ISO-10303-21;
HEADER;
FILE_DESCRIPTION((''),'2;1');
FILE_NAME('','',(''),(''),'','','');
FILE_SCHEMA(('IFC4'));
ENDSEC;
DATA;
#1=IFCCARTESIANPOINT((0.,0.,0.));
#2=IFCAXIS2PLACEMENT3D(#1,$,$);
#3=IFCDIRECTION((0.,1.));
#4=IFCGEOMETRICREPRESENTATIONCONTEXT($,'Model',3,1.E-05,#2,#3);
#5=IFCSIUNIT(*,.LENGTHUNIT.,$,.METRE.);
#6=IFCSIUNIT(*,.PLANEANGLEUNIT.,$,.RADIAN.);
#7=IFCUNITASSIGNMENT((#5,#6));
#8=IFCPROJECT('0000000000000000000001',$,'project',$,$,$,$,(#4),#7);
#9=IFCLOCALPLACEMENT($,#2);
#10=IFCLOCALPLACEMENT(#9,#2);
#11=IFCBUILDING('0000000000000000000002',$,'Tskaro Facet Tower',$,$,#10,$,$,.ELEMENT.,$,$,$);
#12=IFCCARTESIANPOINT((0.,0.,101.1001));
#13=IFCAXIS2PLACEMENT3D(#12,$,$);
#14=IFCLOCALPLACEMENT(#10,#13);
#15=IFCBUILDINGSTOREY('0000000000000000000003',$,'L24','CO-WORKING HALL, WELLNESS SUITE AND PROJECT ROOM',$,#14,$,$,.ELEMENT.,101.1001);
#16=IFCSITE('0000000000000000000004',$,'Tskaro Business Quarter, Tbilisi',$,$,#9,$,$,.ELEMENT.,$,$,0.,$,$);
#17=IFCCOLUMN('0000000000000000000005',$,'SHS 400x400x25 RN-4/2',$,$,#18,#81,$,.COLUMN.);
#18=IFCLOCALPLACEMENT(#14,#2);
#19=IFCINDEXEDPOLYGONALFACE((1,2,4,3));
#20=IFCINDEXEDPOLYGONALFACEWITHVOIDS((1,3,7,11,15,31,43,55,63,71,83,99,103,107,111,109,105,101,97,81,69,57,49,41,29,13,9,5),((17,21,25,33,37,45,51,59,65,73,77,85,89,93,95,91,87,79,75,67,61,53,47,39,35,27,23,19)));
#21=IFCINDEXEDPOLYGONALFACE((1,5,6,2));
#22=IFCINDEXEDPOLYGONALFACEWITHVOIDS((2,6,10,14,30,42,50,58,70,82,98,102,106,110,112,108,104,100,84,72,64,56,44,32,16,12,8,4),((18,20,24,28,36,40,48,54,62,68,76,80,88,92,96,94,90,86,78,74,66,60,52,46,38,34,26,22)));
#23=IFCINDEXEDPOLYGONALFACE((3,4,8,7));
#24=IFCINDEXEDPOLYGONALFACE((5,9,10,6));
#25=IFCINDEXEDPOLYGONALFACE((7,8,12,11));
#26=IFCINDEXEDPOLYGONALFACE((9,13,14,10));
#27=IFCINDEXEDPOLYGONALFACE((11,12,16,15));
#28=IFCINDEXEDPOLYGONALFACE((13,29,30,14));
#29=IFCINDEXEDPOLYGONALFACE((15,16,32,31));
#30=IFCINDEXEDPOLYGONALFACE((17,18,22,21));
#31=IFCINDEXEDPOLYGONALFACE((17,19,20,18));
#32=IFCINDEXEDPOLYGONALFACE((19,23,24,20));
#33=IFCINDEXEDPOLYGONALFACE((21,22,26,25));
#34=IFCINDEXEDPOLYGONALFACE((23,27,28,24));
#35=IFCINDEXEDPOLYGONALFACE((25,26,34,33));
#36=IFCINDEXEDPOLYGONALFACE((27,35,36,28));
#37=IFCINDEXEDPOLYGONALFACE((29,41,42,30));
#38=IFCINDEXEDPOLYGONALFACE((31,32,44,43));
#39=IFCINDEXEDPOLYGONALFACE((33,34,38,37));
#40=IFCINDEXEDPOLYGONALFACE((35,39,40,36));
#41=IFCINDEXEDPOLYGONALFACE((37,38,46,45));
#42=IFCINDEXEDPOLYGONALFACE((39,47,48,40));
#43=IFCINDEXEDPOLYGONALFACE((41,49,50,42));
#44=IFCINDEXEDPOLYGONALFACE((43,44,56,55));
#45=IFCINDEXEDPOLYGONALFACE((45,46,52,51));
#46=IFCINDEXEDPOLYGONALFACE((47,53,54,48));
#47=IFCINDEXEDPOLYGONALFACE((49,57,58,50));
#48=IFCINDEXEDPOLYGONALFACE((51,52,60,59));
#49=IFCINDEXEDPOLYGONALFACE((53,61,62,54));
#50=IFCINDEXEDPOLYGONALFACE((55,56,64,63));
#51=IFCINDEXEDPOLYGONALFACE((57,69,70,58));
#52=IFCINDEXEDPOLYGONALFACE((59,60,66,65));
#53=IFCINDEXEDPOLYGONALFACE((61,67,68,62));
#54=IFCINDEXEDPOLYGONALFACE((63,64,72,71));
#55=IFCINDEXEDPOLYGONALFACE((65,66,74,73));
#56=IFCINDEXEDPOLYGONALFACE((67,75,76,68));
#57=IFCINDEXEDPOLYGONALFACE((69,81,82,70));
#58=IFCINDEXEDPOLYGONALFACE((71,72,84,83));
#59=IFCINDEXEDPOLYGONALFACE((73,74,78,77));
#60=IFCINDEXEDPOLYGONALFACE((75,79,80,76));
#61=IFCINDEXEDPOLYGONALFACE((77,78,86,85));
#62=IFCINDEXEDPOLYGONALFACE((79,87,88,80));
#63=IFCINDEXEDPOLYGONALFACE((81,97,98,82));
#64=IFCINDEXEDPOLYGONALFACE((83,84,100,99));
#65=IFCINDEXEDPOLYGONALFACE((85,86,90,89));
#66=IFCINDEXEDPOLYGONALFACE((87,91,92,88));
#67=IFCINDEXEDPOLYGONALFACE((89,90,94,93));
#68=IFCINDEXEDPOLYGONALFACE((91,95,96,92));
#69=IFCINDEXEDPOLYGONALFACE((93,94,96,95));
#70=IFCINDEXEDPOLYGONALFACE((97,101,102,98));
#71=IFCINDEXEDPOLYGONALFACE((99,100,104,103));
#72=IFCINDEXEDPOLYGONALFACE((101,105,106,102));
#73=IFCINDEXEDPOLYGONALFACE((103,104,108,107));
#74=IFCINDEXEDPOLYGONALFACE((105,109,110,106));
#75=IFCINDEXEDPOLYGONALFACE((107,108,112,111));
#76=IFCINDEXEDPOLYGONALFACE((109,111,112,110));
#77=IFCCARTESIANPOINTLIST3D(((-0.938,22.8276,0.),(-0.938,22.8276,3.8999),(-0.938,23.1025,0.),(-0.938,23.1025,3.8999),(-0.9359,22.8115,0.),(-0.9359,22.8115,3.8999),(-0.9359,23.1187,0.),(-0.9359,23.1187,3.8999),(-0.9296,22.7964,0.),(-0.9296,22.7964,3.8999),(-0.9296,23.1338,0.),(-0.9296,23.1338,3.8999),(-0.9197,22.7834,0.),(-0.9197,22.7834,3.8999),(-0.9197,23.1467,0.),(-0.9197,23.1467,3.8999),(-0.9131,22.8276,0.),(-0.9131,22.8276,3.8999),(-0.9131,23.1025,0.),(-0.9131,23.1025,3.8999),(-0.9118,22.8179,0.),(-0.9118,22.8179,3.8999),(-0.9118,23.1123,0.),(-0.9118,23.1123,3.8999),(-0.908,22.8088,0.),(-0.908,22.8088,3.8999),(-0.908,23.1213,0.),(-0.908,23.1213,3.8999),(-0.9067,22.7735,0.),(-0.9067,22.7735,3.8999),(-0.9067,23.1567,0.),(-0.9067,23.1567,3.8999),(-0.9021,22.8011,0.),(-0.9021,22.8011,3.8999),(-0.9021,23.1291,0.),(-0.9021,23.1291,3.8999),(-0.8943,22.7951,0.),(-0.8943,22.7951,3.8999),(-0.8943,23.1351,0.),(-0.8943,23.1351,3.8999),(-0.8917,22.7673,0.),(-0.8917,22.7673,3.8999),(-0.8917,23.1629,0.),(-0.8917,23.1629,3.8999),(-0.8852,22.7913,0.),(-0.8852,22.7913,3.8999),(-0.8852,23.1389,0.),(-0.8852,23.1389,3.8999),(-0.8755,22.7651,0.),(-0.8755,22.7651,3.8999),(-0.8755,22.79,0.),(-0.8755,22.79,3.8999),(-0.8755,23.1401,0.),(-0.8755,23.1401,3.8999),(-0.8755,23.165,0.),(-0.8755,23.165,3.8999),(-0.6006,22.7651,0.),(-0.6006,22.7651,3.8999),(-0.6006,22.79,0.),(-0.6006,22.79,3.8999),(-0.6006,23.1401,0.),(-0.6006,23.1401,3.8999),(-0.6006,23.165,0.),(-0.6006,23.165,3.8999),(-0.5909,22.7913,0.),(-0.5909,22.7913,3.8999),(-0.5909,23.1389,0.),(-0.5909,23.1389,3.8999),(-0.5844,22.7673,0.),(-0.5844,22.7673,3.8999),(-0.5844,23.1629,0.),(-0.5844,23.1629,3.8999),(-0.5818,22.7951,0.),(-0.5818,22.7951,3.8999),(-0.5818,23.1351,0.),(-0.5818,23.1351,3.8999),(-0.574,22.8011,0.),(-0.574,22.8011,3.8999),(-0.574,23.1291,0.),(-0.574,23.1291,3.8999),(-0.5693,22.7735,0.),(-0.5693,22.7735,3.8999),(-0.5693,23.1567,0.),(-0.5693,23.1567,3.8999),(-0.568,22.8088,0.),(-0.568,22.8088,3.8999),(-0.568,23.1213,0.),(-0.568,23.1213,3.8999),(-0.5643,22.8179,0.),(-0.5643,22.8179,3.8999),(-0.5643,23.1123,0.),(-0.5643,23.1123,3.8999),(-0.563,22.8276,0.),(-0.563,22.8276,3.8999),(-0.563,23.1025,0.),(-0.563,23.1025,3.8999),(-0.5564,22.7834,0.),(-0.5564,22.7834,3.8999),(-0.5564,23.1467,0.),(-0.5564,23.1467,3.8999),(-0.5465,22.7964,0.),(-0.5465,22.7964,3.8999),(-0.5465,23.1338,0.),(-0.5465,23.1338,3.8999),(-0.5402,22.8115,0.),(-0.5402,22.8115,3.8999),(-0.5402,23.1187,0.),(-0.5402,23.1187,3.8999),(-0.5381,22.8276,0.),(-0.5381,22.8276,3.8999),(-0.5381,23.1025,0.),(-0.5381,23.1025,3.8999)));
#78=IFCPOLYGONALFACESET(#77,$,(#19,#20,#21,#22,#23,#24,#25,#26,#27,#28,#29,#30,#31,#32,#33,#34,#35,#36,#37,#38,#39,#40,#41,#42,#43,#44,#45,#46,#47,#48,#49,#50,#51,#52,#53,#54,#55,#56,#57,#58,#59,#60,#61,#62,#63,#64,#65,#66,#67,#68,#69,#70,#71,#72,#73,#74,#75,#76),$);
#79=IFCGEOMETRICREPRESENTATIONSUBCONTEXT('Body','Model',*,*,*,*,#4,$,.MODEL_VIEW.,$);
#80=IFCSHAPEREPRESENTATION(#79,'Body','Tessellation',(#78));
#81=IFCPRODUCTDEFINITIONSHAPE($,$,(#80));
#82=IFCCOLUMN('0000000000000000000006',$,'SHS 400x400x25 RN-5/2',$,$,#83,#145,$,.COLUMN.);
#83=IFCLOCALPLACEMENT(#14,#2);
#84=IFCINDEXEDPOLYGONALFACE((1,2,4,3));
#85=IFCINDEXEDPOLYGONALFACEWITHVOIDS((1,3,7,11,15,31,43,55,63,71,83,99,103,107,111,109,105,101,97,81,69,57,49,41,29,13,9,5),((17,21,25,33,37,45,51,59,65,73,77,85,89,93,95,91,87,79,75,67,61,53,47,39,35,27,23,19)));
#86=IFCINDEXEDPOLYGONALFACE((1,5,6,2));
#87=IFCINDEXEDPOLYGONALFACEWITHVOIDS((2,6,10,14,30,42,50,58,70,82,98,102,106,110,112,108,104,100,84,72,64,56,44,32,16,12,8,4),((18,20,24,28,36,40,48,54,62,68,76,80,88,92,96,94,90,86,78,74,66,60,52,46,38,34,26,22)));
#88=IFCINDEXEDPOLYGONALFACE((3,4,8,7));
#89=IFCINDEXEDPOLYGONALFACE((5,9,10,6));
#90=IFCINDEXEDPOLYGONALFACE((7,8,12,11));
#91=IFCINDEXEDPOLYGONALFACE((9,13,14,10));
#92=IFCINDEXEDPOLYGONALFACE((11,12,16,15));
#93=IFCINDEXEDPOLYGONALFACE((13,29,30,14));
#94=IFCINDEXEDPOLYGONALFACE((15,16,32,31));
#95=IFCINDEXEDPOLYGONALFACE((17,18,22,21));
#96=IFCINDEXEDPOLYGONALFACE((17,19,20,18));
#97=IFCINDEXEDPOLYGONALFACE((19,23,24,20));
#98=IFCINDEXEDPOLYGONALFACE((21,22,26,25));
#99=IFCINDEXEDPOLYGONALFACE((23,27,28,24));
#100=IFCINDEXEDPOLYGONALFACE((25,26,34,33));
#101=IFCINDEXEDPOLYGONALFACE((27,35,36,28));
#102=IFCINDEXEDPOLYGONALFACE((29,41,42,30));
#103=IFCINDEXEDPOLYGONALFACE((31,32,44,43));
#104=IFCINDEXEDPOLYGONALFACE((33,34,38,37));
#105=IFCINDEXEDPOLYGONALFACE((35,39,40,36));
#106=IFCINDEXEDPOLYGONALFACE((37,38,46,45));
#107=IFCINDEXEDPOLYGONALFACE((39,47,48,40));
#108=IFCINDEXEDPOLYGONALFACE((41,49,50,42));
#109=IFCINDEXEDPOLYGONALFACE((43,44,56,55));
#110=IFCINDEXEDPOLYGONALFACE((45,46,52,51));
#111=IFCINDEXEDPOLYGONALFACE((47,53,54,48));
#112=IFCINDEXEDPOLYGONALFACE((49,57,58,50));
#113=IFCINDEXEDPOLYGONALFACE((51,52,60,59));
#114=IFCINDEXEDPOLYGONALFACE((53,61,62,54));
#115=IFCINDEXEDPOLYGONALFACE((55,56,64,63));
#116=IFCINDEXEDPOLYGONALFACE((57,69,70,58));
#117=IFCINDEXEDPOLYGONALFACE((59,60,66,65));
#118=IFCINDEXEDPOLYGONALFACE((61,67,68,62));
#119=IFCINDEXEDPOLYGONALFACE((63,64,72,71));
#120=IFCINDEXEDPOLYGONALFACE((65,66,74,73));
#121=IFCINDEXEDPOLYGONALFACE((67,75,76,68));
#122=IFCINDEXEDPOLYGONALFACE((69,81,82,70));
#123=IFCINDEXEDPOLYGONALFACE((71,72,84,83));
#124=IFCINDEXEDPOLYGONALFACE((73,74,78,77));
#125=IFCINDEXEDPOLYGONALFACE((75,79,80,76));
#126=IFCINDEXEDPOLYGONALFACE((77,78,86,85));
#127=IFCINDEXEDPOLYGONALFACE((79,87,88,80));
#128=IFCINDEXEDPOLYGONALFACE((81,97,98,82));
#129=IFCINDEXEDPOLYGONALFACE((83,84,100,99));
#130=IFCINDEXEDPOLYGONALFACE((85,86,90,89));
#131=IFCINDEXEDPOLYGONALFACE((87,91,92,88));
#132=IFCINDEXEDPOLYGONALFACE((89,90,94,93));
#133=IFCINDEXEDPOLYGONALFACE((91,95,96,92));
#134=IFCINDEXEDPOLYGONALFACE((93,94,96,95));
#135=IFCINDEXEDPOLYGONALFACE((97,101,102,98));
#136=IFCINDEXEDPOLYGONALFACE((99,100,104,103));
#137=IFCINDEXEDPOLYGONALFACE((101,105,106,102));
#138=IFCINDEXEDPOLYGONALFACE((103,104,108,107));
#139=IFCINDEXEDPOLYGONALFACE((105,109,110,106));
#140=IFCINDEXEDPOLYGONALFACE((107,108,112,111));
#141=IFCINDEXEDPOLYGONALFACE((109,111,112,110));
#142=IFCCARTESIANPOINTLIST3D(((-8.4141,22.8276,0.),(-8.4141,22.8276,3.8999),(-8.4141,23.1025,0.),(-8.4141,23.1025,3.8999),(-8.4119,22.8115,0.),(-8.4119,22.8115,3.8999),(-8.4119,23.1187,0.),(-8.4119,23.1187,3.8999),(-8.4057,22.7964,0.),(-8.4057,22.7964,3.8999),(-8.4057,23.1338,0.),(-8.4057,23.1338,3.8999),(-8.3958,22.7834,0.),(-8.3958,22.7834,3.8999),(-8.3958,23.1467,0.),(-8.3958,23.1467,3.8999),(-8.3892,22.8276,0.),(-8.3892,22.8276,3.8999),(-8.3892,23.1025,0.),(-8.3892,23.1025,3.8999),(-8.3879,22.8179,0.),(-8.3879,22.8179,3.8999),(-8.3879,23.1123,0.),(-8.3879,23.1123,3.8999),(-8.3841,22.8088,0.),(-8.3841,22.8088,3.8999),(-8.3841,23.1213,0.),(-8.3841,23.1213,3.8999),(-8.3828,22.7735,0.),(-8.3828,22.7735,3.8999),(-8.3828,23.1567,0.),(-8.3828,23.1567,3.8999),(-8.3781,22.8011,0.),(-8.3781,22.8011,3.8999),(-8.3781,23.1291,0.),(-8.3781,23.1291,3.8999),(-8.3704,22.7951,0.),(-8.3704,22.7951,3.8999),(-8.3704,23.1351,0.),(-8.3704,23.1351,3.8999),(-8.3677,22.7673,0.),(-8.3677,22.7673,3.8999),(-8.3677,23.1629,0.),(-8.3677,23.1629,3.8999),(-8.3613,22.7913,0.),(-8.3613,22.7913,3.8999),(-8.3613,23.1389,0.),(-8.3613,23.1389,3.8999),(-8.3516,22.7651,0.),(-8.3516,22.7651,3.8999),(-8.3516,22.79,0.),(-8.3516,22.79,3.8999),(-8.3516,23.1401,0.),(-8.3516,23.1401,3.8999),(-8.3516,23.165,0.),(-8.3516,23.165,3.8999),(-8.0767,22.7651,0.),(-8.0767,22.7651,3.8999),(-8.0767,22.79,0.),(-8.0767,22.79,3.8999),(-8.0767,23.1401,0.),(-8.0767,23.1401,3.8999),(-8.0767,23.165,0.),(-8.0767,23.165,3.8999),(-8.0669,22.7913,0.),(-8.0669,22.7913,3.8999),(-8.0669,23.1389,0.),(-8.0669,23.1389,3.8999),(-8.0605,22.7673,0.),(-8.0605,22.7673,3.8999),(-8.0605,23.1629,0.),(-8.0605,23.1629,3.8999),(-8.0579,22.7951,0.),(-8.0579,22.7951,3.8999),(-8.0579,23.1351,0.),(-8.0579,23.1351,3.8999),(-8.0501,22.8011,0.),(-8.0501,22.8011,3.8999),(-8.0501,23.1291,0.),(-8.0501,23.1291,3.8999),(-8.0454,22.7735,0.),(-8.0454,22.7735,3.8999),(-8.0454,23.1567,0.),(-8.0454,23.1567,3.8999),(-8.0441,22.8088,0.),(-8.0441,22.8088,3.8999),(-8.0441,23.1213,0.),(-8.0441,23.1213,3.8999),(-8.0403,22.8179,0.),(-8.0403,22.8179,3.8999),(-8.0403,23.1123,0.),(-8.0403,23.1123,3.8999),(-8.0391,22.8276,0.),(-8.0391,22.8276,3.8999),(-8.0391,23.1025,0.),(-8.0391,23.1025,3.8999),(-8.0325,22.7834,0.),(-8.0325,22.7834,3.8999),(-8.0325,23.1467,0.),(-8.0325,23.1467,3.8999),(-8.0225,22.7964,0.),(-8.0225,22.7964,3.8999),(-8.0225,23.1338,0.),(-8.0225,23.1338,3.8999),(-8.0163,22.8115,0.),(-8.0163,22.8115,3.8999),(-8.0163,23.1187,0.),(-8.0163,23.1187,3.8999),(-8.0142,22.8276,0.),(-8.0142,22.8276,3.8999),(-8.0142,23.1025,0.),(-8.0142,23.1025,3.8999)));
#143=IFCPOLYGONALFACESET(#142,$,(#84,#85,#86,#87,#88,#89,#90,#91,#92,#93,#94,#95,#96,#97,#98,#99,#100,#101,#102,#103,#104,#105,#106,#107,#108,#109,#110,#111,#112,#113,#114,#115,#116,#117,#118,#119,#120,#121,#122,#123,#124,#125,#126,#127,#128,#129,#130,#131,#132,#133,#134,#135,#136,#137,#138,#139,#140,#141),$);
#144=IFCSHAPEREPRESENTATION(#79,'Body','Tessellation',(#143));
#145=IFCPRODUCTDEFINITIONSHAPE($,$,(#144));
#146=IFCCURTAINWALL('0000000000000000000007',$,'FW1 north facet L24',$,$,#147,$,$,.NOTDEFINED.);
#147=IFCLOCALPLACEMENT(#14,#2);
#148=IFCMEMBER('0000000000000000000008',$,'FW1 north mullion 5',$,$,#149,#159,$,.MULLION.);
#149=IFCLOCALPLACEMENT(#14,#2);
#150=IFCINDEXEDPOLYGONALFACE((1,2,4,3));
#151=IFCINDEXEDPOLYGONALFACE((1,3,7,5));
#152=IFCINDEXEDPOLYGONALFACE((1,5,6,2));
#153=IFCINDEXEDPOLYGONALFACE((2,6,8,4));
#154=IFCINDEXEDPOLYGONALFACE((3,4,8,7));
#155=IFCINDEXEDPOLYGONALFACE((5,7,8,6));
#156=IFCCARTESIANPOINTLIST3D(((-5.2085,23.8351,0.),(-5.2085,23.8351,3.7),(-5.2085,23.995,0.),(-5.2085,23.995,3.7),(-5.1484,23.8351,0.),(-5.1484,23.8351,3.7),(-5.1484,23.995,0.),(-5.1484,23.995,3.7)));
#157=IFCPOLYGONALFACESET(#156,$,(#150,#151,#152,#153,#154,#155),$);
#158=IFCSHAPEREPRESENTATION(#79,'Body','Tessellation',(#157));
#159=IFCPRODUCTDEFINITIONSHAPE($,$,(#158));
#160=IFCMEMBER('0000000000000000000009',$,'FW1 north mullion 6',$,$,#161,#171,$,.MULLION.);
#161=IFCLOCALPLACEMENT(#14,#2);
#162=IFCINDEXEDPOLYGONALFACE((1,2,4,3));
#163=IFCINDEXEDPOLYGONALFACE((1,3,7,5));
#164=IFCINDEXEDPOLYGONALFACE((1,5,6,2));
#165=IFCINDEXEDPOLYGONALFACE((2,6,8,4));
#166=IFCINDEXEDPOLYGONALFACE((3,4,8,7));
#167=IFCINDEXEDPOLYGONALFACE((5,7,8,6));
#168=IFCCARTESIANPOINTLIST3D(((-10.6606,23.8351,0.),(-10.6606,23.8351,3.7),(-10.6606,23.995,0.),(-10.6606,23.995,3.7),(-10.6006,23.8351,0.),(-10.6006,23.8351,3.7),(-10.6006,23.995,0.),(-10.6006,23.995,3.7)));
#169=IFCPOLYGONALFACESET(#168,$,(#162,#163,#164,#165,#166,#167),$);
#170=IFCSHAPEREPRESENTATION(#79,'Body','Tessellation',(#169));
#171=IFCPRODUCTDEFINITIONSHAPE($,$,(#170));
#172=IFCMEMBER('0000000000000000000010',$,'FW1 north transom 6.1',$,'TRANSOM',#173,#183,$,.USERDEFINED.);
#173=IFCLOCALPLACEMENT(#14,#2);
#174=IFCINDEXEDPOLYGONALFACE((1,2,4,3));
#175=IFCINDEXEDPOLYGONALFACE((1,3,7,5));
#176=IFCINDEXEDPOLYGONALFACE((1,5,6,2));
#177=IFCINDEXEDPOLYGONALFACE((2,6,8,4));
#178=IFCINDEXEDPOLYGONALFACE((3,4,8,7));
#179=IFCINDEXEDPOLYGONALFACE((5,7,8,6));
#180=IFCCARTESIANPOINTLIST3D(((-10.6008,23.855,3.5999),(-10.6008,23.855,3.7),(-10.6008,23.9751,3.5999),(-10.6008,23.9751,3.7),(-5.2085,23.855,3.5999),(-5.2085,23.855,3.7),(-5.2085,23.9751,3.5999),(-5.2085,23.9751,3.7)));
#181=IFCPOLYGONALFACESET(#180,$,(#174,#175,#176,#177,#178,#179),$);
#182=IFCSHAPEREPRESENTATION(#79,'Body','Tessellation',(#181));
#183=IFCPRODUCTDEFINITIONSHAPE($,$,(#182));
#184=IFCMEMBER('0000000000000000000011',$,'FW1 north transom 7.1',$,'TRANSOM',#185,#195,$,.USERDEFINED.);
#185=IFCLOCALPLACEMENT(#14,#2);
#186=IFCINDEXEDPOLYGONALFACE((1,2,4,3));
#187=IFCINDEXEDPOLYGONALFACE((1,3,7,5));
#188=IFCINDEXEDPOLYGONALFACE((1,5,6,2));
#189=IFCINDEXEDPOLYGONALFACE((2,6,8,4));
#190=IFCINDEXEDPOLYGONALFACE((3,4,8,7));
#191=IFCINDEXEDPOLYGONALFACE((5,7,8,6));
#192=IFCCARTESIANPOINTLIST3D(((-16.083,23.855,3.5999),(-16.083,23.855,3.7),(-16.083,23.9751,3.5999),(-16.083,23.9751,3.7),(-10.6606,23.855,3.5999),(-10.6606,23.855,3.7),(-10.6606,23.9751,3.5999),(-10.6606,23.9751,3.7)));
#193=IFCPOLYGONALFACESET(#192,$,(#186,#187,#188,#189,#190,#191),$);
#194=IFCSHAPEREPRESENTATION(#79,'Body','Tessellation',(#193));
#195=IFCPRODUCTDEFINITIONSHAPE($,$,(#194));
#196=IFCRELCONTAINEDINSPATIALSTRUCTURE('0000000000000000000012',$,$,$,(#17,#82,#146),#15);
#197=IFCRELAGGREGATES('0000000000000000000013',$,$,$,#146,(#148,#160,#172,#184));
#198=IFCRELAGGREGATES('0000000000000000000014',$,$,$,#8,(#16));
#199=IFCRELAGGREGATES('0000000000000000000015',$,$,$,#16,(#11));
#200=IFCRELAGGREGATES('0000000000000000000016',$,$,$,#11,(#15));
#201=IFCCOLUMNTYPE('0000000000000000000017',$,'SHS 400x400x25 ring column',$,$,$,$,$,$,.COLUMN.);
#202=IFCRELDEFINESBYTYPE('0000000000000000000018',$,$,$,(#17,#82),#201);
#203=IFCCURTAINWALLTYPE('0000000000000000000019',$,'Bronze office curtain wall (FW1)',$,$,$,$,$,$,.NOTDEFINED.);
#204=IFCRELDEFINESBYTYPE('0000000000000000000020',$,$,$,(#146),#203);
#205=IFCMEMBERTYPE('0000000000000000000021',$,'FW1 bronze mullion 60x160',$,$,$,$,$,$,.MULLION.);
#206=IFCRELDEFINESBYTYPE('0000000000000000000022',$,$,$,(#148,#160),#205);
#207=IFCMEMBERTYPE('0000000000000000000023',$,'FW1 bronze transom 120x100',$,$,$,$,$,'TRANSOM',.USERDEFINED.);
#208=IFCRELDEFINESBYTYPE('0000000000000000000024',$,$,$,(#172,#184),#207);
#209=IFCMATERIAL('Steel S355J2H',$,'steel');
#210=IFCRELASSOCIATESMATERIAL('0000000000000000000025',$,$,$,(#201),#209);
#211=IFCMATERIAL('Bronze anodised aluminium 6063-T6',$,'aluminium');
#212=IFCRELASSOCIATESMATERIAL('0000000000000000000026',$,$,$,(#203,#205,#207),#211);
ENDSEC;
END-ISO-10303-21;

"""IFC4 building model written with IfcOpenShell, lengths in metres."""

from ifc_helpers import new_model, si_unit, direction, frame, origin, origin_2d, place, context, subcontext, project, spatial, rectangle, hollow_rectangle, extrude, material, material_profile, profile_set, type_object, element, aggregate, save


model = new_model("IFC4")

# Units and contexts
model_context = context("Model", 3, precision=1e-05, world=origin(), true_north=direction((0.0, 1.0)))
body_context = subcontext(model_context, "Body", "Model", "MODEL_VIEW")
ifc_project = project(units=[si_unit("LENGTHUNIT", "METRE"), si_unit("PLANEANGLEUNIT", "RADIAN")], contexts=[model_context])

# Site, building, storey
site_placement = place(None, origin())
site = spatial("IfcSite", under=ifc_project, at=site_placement, Name="Tskaro Business Quarter, Tbilisi", CompositionType="ELEMENT", RefElevation=0.0)
building_placement = place(site_placement, origin())
building = spatial("IfcBuilding", under=site, at=building_placement, Name="Tskaro Facet Tower", CompositionType="ELEMENT")
storey_placement = place(building_placement, frame((0.0, 0.0, 101.1001)))
storey = spatial("IfcBuildingStorey", under=building, at=storey_placement, Name="L24", Description="CO-WORKING HALL, WELLNESS SUITE AND PROJECT ROOM", CompositionType="ELEMENT", Elevation=101.1001)

# Columns
ifc_material_1 = material(Name="Steel S355J2H", Category="steel")
ifc_material_profile_1 = material_profile(ifc_material_1, hollow_rectangle(XDim=0.3999, YDim=0.3999, WallThickness=0.0249, InnerFilletRadius=0.0376, OuterFilletRadius=0.0625, at=origin_2d()), Name="SHS 400x400x25")
ifc_profile_set_1 = profile_set([ifc_material_profile_1], Name="Steel S355J2H")
column_type_1 = type_object("IfcColumnType", Name="SHS 400x400x25 ring column", PredefinedType="COLUMN", material=ifc_profile_set_1)
for number, where, z_axis, x_axis, name in (
    (1, (-0.738, 22.9651, 0.0), (0.0, 0.0, 1.0), (1.0, 0.0, 0.0), "SHS 400x400x25 RN-4/2"),
    (2, (-8.2141, 22.9651, 0.0), (0.0, 0.0, 1.0), (1.0, 0.0, 0.0), "SHS 400x400x25 RN-5/2"),
):
    element("IfcColumn", number, at=place(storey_placement, frame(where, z_axis=z_axis, x_axis=x_axis)), inside=storey, type_object=column_type_1, Name=name, PredefinedType="COLUMN", context=body_context, shape_type="SweptSolid", body=[
        extrude(hollow_rectangle(XDim=0.3999, YDim=0.3999, WallThickness=0.0249, InnerFilletRadius=0.0376, OuterFilletRadius=0.0625, at=origin_2d()), origin(), (0.0, 0.0, 1.0), 3.8999),
    ])

# Curtain wall, members
ifc_material_2 = material(Name="Bronze anodised aluminium 6063-T6", Category="aluminium")
curtain_wall_type = type_object("IfcCurtainWallType", Name="Bronze office curtain wall (FW1)", PredefinedType="NOTDEFINED", material=ifc_material_2)
curtain_wall_placement = place(storey_placement, origin())
curtain_wall = element("IfcCurtainWall", 3, at=curtain_wall_placement, inside=storey, type_object=curtain_wall_type, Name="FW1 north facet L24", PredefinedType="NOTDEFINED")
ifc_material_profile_2 = material_profile(ifc_material_2, rectangle(XDim=0.0601, YDim=0.1599, at=origin_2d()), Name="Mullion 60x160")
ifc_profile_set_2 = profile_set([ifc_material_profile_2], Name="Bronze anodised aluminium 6063-T6")
member_type_1 = type_object("IfcMemberType", Name="FW1 bronze mullion 60x160", PredefinedType="MULLION", material=ifc_profile_set_2)
member_1_placement = place(storey_placement, frame((-5.1785, 23.915, 0.0), z_axis=(0.0, 0.0, 1.0), x_axis=(-1.0, 0.0, 0.0)))
member_1 = element("IfcMember", 4, at=member_1_placement, type_object=member_type_1, Name="FW1 north mullion 5", PredefinedType="MULLION", context=body_context, shape_type="SweptSolid", body=[
    extrude(rectangle(XDim=0.0601, YDim=0.1599, at=origin_2d()), origin(), (0.0, 0.0, 1.0), 3.7),
])
member_2_placement = place(storey_placement, frame((-10.6306, 23.915, 0.0), z_axis=(0.0, 0.0, 1.0), x_axis=(-1.0, 0.0, 0.0)))
member_2 = element("IfcMember", 5, at=member_2_placement, type_object=member_type_1, Name="FW1 north mullion 6", PredefinedType="MULLION", context=body_context, shape_type="SweptSolid", body=[
    extrude(rectangle(XDim=0.0601, YDim=0.1599, at=origin_2d()), origin(), (0.0, 0.0, 1.0), 3.7),
])
ifc_material_profile_3 = material_profile(ifc_material_2, rectangle(XDim=0.1201, YDim=0.1001, at=origin_2d()), Name="Transom 120x100")
ifc_profile_set_3 = profile_set([ifc_material_profile_3], Name="Bronze anodised aluminium 6063-T6")
member_type_2 = type_object("IfcMemberType", Name="FW1 bronze transom 120x100", ElementType="TRANSOM", PredefinedType="USERDEFINED", material=ifc_profile_set_3)
member_3_placement = place(storey_placement, frame((-5.2085, 23.915, 3.6499), z_axis=(-1.0, 0.0, 0.0), x_axis=(0.0, -1.0, 0.0)))
member_3 = element("IfcMember", 6, at=member_3_placement, type_object=member_type_2, Name="FW1 north transom 6.1", ObjectType="TRANSOM", PredefinedType="USERDEFINED", context=body_context, shape_type="SweptSolid", body=[
    extrude(rectangle(XDim=0.1201, YDim=0.1001, at=origin_2d()), origin(), (0.0, 0.0, 1.0), 5.3923),
])
member_4_placement = place(storey_placement, frame((-10.6606, 23.915, 3.6499), z_axis=(-1.0, 0.0, 0.0), x_axis=(0.0, -1.0, 0.0)))
member_4 = element("IfcMember", 7, at=member_4_placement, type_object=member_type_2, Name="FW1 north transom 7.1", ObjectType="TRANSOM", PredefinedType="USERDEFINED", context=body_context, shape_type="SweptSolid", body=[
    extrude(rectangle(XDim=0.1201, YDim=0.1001, at=origin_2d()), origin(), (0.0, 0.0, 1.0), 5.4224),
])

aggregate(curtain_wall, [member_1, member_2, member_3, member_4])

save(model, "model.ifc")
